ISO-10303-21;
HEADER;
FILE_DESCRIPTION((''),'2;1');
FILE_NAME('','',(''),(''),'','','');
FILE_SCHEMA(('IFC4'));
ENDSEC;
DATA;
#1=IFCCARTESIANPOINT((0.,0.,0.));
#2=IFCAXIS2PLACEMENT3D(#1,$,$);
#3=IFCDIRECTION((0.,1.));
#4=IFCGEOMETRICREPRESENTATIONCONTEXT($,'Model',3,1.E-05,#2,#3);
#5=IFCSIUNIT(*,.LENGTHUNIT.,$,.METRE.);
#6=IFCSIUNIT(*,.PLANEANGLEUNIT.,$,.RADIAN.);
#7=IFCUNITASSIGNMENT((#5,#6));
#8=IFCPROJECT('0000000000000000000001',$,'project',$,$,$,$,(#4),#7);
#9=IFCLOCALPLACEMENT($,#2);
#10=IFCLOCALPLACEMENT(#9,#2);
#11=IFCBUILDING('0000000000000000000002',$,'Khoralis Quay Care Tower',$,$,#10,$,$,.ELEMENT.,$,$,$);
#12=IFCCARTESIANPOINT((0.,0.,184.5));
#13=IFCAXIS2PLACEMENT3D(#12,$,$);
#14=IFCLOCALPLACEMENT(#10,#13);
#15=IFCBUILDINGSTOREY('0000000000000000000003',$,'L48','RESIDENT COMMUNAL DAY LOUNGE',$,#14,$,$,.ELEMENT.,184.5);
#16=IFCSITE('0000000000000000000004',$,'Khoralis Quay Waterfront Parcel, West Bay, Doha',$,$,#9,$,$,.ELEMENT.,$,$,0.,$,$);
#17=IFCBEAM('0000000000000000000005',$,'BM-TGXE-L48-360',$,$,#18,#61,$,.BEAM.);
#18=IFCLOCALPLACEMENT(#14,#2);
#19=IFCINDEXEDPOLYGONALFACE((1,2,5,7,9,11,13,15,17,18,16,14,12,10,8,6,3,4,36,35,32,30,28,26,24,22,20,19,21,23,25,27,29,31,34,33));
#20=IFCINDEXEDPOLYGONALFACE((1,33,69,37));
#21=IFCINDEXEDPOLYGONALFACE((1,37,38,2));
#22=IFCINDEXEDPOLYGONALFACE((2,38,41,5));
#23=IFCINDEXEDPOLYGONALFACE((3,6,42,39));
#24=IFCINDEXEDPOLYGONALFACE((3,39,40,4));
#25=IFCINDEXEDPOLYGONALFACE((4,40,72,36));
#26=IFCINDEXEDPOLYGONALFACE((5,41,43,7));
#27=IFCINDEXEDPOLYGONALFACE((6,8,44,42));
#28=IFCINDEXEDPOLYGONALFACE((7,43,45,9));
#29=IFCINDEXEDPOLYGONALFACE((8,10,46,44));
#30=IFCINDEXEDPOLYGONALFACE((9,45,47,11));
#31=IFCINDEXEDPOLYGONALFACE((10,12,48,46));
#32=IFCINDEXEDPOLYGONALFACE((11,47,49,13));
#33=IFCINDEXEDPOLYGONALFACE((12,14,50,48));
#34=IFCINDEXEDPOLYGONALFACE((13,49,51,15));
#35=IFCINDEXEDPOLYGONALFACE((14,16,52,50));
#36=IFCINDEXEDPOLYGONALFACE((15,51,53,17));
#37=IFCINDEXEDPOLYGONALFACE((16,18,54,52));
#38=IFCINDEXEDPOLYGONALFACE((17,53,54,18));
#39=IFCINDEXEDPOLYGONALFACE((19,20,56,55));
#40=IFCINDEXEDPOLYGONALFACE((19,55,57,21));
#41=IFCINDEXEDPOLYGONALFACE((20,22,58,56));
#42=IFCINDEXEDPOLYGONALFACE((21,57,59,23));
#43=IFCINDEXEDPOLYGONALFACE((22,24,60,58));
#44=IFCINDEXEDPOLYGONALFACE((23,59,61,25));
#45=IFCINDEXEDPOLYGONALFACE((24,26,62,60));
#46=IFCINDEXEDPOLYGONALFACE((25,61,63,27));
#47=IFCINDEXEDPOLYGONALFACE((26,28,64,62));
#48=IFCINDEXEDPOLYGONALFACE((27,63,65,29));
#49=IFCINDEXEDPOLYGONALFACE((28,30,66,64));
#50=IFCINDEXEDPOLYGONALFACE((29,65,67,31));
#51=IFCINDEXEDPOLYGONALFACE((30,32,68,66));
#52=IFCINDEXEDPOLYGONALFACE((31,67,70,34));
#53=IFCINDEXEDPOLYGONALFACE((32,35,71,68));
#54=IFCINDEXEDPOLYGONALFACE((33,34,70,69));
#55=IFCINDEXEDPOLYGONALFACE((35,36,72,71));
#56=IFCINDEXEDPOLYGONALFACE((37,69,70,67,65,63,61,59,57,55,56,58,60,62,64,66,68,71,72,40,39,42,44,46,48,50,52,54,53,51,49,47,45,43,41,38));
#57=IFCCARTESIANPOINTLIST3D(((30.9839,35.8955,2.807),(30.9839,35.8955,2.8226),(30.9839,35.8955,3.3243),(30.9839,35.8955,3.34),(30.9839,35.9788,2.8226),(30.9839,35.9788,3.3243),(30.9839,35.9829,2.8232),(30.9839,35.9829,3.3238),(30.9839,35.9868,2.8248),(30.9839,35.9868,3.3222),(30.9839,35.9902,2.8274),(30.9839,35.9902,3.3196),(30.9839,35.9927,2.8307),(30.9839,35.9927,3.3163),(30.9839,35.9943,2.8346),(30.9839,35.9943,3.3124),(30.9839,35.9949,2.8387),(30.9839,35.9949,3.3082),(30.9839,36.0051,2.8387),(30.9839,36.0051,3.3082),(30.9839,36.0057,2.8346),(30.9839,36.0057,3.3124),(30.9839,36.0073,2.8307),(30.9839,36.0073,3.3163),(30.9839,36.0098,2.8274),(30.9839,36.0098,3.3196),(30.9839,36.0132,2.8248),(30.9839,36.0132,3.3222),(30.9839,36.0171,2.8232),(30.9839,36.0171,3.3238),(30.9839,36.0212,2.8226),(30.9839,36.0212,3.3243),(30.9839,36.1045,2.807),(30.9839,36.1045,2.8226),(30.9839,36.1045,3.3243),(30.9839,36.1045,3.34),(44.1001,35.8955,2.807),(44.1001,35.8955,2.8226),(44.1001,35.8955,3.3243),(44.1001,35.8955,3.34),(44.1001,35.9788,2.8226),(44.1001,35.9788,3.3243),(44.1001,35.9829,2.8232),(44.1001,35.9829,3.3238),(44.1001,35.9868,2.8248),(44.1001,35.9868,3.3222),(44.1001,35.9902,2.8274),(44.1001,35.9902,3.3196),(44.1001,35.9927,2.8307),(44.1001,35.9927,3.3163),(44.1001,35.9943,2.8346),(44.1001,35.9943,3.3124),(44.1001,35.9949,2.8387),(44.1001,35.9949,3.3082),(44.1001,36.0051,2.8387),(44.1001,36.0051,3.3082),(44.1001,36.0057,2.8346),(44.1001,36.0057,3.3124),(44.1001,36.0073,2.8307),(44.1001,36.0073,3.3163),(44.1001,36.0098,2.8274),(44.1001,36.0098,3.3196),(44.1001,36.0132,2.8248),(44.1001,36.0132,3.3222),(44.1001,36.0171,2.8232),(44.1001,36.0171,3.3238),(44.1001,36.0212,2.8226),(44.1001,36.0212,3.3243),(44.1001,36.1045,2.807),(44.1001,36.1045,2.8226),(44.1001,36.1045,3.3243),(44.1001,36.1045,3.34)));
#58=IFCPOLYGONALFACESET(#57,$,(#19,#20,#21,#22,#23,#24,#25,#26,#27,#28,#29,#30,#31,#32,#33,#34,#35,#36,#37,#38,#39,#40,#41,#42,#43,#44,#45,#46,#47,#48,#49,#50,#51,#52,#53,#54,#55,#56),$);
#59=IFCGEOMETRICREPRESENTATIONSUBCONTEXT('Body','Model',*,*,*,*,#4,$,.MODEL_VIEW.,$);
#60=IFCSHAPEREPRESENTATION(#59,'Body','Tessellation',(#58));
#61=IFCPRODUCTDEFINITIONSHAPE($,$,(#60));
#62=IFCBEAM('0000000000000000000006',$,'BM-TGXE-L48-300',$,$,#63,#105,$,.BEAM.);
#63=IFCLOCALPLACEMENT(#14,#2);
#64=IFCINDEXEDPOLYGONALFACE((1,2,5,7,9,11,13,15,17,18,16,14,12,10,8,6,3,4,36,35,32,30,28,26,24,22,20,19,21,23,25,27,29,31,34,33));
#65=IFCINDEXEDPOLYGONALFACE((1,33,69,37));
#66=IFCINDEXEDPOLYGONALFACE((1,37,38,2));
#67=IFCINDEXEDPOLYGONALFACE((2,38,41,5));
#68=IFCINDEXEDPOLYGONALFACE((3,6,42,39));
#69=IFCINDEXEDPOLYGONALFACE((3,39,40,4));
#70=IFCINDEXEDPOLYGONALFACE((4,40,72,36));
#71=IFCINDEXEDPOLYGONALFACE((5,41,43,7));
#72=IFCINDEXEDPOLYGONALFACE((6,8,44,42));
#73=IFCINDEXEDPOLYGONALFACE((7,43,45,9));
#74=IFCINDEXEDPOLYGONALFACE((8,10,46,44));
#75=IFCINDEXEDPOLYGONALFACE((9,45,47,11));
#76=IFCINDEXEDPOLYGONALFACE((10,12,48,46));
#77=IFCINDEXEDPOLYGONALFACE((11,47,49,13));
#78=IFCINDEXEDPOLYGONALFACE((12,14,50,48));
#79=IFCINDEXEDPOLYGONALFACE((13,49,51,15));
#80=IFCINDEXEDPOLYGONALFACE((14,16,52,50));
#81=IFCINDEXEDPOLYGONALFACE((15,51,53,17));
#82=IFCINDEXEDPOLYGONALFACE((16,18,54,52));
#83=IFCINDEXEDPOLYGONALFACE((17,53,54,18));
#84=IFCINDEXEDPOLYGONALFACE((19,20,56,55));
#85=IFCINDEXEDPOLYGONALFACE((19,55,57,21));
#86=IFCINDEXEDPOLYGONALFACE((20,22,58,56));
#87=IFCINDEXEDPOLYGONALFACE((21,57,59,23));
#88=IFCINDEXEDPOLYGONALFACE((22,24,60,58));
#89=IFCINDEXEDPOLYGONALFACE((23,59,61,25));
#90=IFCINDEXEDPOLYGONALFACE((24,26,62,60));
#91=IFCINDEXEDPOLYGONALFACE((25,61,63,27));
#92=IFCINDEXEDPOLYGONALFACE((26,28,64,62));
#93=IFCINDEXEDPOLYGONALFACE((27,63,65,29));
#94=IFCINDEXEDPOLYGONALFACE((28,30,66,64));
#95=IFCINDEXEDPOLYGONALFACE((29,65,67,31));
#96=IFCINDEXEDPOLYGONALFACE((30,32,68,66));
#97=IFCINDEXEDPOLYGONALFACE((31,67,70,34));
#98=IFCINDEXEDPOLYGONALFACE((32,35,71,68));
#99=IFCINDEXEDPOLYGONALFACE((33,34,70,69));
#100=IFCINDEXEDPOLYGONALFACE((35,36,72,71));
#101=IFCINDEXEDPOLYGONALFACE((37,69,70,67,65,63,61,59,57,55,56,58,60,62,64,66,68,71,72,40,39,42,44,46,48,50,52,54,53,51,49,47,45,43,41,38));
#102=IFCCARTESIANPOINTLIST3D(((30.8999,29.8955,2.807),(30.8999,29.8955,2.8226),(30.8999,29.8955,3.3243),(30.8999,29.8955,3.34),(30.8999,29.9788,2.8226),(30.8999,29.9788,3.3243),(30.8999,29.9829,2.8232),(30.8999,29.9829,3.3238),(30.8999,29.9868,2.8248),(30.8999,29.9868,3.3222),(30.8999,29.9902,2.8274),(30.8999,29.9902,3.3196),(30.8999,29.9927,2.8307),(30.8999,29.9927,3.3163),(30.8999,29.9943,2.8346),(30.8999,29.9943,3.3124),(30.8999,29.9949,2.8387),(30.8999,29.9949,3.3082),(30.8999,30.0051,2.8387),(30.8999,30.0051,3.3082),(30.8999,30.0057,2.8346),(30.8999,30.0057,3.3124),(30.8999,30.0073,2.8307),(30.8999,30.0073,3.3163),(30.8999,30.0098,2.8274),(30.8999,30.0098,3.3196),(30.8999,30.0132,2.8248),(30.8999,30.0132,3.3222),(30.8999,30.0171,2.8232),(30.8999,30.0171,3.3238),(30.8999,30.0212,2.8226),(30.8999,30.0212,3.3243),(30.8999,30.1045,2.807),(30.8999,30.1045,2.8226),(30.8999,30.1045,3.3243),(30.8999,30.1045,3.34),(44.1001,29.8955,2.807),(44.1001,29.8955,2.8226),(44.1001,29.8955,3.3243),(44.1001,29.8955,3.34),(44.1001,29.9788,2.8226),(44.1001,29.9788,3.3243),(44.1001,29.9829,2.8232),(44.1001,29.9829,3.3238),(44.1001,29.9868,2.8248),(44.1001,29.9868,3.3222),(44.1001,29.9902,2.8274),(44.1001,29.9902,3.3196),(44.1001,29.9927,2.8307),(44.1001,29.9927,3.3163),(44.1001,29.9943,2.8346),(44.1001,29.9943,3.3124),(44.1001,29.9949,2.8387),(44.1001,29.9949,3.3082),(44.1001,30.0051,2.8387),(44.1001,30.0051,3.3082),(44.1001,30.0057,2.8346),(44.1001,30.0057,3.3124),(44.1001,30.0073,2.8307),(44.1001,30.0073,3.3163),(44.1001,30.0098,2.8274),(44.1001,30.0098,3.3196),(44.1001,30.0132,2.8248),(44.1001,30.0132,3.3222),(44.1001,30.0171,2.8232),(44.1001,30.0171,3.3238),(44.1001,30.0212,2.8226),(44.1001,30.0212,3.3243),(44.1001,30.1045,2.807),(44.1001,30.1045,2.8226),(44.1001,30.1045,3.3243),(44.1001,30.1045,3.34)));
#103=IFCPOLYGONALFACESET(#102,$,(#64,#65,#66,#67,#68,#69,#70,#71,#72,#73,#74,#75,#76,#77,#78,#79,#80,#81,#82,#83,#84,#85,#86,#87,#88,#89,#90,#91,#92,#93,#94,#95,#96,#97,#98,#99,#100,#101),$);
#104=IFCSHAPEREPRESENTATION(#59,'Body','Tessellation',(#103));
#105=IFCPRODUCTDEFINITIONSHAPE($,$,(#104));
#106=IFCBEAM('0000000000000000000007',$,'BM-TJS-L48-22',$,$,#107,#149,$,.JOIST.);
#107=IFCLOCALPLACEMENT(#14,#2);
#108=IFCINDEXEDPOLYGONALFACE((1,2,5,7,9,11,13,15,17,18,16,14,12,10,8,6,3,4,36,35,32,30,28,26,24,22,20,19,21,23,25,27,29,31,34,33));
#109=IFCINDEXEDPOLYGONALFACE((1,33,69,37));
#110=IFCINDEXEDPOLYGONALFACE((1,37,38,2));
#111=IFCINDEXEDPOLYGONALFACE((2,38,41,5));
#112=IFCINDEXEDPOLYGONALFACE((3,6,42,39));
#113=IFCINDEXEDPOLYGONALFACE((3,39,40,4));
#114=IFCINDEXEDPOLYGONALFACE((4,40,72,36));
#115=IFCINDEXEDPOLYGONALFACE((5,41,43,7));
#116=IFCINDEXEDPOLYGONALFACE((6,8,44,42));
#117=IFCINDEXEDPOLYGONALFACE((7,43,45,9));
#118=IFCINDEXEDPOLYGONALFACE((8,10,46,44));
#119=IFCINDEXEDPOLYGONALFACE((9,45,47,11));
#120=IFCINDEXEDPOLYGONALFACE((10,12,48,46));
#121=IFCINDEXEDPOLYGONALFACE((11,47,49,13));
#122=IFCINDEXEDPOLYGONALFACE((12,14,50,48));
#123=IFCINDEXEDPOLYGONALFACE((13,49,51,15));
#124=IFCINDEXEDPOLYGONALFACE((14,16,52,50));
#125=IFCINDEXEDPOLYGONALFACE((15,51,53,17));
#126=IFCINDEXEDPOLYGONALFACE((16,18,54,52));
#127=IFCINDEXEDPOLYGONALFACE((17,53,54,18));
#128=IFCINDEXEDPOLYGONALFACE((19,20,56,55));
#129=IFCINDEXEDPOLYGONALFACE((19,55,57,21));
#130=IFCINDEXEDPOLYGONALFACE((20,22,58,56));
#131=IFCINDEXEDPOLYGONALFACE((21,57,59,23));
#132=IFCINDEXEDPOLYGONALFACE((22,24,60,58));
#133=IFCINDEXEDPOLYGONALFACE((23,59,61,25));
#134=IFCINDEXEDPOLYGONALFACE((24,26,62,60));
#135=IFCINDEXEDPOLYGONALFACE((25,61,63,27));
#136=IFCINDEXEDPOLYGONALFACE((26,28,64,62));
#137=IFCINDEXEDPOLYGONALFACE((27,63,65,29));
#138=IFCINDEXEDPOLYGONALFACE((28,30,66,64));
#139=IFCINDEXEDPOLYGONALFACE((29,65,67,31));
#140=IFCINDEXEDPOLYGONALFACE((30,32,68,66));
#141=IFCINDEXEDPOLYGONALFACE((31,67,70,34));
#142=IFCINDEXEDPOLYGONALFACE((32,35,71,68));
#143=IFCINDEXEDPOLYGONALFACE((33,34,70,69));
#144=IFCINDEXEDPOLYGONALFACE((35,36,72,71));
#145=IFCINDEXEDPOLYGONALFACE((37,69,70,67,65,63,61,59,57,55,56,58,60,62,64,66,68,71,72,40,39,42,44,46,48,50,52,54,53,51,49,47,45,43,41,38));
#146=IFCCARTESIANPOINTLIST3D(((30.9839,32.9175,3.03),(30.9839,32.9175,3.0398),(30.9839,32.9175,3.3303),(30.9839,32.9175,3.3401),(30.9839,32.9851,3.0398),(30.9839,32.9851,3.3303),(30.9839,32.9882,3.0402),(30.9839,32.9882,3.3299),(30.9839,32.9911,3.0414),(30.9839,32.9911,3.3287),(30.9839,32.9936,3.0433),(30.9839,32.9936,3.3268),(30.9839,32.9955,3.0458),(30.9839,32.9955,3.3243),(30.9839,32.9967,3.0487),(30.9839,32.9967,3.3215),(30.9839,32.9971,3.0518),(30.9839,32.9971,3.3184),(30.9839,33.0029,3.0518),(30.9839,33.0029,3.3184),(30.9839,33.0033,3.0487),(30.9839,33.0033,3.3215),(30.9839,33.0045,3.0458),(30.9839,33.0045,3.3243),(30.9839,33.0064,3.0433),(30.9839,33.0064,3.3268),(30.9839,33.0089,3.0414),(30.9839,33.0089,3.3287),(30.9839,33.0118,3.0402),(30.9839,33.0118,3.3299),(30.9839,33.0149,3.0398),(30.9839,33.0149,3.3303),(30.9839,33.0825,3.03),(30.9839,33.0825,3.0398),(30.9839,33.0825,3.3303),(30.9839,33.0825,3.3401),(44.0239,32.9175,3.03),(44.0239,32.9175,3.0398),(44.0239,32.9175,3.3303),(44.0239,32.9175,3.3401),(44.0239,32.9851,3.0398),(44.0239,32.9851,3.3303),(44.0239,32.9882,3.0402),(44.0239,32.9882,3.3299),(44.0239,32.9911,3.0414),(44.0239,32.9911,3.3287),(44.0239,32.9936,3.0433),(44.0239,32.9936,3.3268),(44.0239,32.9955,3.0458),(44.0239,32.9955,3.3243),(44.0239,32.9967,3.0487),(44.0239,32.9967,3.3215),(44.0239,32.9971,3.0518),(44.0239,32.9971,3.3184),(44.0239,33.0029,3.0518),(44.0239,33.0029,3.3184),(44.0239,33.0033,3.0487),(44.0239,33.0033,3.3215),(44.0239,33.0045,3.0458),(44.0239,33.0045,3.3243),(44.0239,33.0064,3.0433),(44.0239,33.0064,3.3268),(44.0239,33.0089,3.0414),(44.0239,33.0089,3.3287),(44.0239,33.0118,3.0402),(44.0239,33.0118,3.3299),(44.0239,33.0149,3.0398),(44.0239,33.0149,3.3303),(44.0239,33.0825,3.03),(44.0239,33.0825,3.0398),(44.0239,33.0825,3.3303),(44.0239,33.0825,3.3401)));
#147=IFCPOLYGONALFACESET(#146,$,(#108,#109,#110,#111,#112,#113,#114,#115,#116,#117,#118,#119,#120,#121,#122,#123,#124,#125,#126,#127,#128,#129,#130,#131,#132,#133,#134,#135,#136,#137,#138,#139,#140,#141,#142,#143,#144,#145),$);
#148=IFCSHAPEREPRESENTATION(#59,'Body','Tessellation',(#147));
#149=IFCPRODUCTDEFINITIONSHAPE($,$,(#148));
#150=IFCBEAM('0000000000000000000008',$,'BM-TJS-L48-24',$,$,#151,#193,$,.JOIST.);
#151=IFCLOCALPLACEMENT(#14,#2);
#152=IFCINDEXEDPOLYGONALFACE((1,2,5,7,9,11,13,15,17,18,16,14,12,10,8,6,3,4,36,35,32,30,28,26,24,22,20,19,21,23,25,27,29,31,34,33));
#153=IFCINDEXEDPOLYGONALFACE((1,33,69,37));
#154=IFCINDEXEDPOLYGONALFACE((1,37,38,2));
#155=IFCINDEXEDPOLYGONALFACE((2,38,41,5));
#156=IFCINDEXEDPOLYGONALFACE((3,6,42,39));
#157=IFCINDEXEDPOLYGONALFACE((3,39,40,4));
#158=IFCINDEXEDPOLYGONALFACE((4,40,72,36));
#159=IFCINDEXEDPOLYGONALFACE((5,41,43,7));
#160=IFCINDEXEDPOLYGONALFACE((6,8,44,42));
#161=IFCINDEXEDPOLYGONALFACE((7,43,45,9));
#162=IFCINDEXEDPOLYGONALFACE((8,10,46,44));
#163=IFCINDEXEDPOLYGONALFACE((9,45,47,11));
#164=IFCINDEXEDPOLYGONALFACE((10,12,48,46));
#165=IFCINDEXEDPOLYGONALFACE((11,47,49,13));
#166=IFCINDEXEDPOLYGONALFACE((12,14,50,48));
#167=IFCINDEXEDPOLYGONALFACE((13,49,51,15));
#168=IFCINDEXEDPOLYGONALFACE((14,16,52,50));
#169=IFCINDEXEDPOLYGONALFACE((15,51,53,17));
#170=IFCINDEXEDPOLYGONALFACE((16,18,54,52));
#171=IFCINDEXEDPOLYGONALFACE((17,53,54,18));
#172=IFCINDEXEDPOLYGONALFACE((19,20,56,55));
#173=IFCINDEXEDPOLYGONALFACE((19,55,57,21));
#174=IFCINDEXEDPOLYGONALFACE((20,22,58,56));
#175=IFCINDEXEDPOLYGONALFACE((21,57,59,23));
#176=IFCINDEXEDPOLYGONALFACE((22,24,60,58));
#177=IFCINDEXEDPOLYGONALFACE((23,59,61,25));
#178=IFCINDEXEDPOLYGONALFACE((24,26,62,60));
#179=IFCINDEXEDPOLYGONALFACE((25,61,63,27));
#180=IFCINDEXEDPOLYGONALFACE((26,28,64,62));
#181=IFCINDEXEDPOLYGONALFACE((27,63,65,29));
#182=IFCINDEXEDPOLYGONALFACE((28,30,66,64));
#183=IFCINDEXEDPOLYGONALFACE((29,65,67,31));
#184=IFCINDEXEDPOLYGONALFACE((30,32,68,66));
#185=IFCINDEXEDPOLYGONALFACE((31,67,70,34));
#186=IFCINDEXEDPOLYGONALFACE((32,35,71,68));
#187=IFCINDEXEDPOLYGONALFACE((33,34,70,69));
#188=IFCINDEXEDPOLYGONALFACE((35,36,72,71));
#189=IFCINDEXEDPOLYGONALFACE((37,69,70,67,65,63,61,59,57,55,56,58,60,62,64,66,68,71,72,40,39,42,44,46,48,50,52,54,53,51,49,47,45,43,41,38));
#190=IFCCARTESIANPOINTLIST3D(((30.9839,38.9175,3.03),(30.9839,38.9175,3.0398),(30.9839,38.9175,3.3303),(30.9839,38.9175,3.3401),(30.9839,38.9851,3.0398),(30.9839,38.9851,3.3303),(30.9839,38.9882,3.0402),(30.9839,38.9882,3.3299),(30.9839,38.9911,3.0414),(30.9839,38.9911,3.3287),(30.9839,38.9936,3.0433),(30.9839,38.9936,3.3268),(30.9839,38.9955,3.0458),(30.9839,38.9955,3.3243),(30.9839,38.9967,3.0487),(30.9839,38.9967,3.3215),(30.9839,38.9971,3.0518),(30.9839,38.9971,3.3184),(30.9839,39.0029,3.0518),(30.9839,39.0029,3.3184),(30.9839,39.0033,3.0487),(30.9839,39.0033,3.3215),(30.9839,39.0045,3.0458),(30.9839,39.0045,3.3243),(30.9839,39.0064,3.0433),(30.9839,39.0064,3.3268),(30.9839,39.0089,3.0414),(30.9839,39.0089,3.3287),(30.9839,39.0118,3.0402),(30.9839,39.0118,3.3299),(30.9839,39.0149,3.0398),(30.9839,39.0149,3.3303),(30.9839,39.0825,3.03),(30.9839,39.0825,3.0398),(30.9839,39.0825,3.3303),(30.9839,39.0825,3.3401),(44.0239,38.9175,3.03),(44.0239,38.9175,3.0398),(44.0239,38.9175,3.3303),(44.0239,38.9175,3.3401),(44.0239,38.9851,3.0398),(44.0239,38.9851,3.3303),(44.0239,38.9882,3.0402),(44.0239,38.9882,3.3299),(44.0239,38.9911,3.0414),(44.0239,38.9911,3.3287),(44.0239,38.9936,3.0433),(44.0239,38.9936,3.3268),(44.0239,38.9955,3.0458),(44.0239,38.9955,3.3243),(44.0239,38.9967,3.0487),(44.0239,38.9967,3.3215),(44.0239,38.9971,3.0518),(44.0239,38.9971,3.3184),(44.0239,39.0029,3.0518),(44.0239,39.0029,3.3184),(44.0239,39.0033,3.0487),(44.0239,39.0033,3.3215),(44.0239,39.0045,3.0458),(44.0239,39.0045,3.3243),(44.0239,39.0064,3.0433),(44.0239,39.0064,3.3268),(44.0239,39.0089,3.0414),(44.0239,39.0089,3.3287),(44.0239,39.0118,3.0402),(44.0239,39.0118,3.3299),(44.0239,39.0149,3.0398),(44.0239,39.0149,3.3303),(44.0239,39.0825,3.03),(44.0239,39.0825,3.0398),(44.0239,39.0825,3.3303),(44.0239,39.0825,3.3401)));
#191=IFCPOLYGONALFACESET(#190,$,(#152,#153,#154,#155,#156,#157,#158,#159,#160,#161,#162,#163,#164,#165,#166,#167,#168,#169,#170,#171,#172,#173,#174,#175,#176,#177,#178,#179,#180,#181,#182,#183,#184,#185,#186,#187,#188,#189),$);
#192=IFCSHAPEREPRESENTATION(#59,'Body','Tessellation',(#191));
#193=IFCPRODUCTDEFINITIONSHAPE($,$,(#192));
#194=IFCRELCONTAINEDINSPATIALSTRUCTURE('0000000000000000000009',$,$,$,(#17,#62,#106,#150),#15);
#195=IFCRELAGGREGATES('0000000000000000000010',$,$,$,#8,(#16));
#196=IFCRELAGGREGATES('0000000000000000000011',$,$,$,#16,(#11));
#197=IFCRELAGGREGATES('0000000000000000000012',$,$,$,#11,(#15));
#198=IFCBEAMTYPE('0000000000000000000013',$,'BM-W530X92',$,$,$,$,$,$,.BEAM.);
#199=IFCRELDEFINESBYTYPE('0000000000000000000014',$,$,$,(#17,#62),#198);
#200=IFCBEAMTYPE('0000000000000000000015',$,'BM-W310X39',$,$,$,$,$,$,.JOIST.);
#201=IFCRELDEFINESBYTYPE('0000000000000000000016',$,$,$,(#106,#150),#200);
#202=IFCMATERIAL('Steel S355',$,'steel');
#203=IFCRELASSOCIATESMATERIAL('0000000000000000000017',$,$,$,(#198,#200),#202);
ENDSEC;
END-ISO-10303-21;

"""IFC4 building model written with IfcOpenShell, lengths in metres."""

from ifc_helpers import new_model, si_unit, direction, frame, origin, origin_2d, place, context, subcontext, project, spatial, i_section, extrude, source, transform, mapped, material, material_profile, profile_set, type_object, element, save


model = new_model("IFC4")

# Units and contexts
model_context = context("Model", 3, precision=1e-05, world=origin(), true_north=direction((0.0, 1.0)))
body_context = subcontext(model_context, "Body", "Model", "MODEL_VIEW")
ifc_project = project(units=[si_unit("LENGTHUNIT", "METRE"), si_unit("PLANEANGLEUNIT", "RADIAN")], contexts=[model_context])

# Site, building, storey
site_placement = place(None, origin())
site = spatial("IfcSite", under=ifc_project, at=site_placement, Name="Khoralis Quay Waterfront Parcel, West Bay, Doha", CompositionType="ELEMENT", RefElevation=0.0)
building_placement = place(site_placement, origin())
building = spatial("IfcBuilding", under=site, at=building_placement, Name="Khoralis Quay Care Tower", CompositionType="ELEMENT")
storey_placement = place(building_placement, frame((0.0, 0.0, 184.5)))
storey = spatial("IfcBuildingStorey", under=building, at=storey_placement, Name="L48", Description="RESIDENT COMMUNAL DAY LOUNGE", CompositionType="ELEMENT", Elevation=184.5)

# Beams
ifc_material_1 = material(Name="Steel S355", Category="steel")
ifc_material_profile_1 = material_profile(ifc_material_1, i_section(OverallWidth=0.209, OverallDepth=0.533, WebThickness=0.0103, FlangeThickness=0.0156, FilletRadius=0.0161, at=origin_2d()), Name="Steel S355")
ifc_profile_set_1 = profile_set([ifc_material_profile_1], Name="Steel S355")
beam_type_1 = type_object("IfcBeamType", Name="BM-W530X92", PredefinedType="BEAM", material=ifc_profile_set_1)
shared_shape_1 = source(origin(), body_context, "Body", "SweptSolid", [
    extrude(i_section(OverallWidth=0.209, OverallDepth=0.533, WebThickness=0.0103, FlangeThickness=0.0156, FilletRadius=0.0161, at=origin_2d()), origin(), (0.0, 0.0, 1.0), 13.1162),
])
beam_1_placement = place(storey_placement, frame((30.9839, 36.0, 3.0735), z_axis=(1.0, 0.0, 0.0), x_axis=(0.0, 1.0, 0.0)))
element("IfcBeam", 1, at=beam_1_placement, inside=storey, type_object=beam_type_1, Name="BM-TGXE-L48-360", PredefinedType="BEAM", context=body_context, shape_type="MappedRepresentation", body=[
    mapped(shared_shape_1, transform((0.0, 0.0, 0.0), scale=1.0)),
])
shared_shape_2 = source(origin(), body_context, "Body", "SweptSolid", [
    extrude(i_section(OverallWidth=0.209, OverallDepth=0.533, WebThickness=0.0103, FlangeThickness=0.0156, FilletRadius=0.0161, at=origin_2d()), origin(), (0.0, 0.0, 1.0), 13.2002),
])
beam_2_placement = place(storey_placement, frame((30.8999, 30.0, 3.0735), z_axis=(1.0, 0.0, 0.0), x_axis=(0.0, 1.0, 0.0)))
element("IfcBeam", 2, at=beam_2_placement, inside=storey, type_object=beam_type_1, Name="BM-TGXE-L48-300", PredefinedType="BEAM", context=body_context, shape_type="MappedRepresentation", body=[
    mapped(shared_shape_2, transform((0.0, 0.0, 0.0), scale=1.0)),
])
ifc_material_profile_2 = material_profile(ifc_material_1, i_section(OverallWidth=0.165, OverallDepth=0.3101, WebThickness=0.0059, FlangeThickness=0.0098, FilletRadius=0.012, at=origin_2d()), Name="Steel S355")
ifc_profile_set_2 = profile_set([ifc_material_profile_2], Name="Steel S355")
beam_type_2 = type_object("IfcBeamType", Name="BM-W310X39", PredefinedType="JOIST", material=ifc_profile_set_2)
shared_shape_3 = source(origin(), body_context, "Body", "SweptSolid", [
    extrude(i_section(OverallWidth=0.165, OverallDepth=0.3101, WebThickness=0.0059, FlangeThickness=0.0098, FilletRadius=0.012, at=origin_2d()), origin(), (0.0, 0.0, 1.0), 13.04),
])
for number, where, z_axis, x_axis, name in (
    (3, (30.9839, 33.0, 3.1851), (1.0, 0.0, 0.0), (0.0, 1.0, 0.0), "BM-TJS-L48-22"),
    (4, (30.9839, 39.0, 3.1851), (1.0, 0.0, 0.0), (0.0, 1.0, 0.0), "BM-TJS-L48-24"),
):
    element("IfcBeam", number, at=place(storey_placement, frame(where, z_axis=z_axis, x_axis=x_axis)), inside=storey, type_object=beam_type_2, Name=name, PredefinedType="JOIST", context=body_context, shape_type="MappedRepresentation", body=[
        mapped(shared_shape_3, transform((0.0, 0.0, 0.0), scale=1.0)),
    ])

save(model, "model.ifc")
